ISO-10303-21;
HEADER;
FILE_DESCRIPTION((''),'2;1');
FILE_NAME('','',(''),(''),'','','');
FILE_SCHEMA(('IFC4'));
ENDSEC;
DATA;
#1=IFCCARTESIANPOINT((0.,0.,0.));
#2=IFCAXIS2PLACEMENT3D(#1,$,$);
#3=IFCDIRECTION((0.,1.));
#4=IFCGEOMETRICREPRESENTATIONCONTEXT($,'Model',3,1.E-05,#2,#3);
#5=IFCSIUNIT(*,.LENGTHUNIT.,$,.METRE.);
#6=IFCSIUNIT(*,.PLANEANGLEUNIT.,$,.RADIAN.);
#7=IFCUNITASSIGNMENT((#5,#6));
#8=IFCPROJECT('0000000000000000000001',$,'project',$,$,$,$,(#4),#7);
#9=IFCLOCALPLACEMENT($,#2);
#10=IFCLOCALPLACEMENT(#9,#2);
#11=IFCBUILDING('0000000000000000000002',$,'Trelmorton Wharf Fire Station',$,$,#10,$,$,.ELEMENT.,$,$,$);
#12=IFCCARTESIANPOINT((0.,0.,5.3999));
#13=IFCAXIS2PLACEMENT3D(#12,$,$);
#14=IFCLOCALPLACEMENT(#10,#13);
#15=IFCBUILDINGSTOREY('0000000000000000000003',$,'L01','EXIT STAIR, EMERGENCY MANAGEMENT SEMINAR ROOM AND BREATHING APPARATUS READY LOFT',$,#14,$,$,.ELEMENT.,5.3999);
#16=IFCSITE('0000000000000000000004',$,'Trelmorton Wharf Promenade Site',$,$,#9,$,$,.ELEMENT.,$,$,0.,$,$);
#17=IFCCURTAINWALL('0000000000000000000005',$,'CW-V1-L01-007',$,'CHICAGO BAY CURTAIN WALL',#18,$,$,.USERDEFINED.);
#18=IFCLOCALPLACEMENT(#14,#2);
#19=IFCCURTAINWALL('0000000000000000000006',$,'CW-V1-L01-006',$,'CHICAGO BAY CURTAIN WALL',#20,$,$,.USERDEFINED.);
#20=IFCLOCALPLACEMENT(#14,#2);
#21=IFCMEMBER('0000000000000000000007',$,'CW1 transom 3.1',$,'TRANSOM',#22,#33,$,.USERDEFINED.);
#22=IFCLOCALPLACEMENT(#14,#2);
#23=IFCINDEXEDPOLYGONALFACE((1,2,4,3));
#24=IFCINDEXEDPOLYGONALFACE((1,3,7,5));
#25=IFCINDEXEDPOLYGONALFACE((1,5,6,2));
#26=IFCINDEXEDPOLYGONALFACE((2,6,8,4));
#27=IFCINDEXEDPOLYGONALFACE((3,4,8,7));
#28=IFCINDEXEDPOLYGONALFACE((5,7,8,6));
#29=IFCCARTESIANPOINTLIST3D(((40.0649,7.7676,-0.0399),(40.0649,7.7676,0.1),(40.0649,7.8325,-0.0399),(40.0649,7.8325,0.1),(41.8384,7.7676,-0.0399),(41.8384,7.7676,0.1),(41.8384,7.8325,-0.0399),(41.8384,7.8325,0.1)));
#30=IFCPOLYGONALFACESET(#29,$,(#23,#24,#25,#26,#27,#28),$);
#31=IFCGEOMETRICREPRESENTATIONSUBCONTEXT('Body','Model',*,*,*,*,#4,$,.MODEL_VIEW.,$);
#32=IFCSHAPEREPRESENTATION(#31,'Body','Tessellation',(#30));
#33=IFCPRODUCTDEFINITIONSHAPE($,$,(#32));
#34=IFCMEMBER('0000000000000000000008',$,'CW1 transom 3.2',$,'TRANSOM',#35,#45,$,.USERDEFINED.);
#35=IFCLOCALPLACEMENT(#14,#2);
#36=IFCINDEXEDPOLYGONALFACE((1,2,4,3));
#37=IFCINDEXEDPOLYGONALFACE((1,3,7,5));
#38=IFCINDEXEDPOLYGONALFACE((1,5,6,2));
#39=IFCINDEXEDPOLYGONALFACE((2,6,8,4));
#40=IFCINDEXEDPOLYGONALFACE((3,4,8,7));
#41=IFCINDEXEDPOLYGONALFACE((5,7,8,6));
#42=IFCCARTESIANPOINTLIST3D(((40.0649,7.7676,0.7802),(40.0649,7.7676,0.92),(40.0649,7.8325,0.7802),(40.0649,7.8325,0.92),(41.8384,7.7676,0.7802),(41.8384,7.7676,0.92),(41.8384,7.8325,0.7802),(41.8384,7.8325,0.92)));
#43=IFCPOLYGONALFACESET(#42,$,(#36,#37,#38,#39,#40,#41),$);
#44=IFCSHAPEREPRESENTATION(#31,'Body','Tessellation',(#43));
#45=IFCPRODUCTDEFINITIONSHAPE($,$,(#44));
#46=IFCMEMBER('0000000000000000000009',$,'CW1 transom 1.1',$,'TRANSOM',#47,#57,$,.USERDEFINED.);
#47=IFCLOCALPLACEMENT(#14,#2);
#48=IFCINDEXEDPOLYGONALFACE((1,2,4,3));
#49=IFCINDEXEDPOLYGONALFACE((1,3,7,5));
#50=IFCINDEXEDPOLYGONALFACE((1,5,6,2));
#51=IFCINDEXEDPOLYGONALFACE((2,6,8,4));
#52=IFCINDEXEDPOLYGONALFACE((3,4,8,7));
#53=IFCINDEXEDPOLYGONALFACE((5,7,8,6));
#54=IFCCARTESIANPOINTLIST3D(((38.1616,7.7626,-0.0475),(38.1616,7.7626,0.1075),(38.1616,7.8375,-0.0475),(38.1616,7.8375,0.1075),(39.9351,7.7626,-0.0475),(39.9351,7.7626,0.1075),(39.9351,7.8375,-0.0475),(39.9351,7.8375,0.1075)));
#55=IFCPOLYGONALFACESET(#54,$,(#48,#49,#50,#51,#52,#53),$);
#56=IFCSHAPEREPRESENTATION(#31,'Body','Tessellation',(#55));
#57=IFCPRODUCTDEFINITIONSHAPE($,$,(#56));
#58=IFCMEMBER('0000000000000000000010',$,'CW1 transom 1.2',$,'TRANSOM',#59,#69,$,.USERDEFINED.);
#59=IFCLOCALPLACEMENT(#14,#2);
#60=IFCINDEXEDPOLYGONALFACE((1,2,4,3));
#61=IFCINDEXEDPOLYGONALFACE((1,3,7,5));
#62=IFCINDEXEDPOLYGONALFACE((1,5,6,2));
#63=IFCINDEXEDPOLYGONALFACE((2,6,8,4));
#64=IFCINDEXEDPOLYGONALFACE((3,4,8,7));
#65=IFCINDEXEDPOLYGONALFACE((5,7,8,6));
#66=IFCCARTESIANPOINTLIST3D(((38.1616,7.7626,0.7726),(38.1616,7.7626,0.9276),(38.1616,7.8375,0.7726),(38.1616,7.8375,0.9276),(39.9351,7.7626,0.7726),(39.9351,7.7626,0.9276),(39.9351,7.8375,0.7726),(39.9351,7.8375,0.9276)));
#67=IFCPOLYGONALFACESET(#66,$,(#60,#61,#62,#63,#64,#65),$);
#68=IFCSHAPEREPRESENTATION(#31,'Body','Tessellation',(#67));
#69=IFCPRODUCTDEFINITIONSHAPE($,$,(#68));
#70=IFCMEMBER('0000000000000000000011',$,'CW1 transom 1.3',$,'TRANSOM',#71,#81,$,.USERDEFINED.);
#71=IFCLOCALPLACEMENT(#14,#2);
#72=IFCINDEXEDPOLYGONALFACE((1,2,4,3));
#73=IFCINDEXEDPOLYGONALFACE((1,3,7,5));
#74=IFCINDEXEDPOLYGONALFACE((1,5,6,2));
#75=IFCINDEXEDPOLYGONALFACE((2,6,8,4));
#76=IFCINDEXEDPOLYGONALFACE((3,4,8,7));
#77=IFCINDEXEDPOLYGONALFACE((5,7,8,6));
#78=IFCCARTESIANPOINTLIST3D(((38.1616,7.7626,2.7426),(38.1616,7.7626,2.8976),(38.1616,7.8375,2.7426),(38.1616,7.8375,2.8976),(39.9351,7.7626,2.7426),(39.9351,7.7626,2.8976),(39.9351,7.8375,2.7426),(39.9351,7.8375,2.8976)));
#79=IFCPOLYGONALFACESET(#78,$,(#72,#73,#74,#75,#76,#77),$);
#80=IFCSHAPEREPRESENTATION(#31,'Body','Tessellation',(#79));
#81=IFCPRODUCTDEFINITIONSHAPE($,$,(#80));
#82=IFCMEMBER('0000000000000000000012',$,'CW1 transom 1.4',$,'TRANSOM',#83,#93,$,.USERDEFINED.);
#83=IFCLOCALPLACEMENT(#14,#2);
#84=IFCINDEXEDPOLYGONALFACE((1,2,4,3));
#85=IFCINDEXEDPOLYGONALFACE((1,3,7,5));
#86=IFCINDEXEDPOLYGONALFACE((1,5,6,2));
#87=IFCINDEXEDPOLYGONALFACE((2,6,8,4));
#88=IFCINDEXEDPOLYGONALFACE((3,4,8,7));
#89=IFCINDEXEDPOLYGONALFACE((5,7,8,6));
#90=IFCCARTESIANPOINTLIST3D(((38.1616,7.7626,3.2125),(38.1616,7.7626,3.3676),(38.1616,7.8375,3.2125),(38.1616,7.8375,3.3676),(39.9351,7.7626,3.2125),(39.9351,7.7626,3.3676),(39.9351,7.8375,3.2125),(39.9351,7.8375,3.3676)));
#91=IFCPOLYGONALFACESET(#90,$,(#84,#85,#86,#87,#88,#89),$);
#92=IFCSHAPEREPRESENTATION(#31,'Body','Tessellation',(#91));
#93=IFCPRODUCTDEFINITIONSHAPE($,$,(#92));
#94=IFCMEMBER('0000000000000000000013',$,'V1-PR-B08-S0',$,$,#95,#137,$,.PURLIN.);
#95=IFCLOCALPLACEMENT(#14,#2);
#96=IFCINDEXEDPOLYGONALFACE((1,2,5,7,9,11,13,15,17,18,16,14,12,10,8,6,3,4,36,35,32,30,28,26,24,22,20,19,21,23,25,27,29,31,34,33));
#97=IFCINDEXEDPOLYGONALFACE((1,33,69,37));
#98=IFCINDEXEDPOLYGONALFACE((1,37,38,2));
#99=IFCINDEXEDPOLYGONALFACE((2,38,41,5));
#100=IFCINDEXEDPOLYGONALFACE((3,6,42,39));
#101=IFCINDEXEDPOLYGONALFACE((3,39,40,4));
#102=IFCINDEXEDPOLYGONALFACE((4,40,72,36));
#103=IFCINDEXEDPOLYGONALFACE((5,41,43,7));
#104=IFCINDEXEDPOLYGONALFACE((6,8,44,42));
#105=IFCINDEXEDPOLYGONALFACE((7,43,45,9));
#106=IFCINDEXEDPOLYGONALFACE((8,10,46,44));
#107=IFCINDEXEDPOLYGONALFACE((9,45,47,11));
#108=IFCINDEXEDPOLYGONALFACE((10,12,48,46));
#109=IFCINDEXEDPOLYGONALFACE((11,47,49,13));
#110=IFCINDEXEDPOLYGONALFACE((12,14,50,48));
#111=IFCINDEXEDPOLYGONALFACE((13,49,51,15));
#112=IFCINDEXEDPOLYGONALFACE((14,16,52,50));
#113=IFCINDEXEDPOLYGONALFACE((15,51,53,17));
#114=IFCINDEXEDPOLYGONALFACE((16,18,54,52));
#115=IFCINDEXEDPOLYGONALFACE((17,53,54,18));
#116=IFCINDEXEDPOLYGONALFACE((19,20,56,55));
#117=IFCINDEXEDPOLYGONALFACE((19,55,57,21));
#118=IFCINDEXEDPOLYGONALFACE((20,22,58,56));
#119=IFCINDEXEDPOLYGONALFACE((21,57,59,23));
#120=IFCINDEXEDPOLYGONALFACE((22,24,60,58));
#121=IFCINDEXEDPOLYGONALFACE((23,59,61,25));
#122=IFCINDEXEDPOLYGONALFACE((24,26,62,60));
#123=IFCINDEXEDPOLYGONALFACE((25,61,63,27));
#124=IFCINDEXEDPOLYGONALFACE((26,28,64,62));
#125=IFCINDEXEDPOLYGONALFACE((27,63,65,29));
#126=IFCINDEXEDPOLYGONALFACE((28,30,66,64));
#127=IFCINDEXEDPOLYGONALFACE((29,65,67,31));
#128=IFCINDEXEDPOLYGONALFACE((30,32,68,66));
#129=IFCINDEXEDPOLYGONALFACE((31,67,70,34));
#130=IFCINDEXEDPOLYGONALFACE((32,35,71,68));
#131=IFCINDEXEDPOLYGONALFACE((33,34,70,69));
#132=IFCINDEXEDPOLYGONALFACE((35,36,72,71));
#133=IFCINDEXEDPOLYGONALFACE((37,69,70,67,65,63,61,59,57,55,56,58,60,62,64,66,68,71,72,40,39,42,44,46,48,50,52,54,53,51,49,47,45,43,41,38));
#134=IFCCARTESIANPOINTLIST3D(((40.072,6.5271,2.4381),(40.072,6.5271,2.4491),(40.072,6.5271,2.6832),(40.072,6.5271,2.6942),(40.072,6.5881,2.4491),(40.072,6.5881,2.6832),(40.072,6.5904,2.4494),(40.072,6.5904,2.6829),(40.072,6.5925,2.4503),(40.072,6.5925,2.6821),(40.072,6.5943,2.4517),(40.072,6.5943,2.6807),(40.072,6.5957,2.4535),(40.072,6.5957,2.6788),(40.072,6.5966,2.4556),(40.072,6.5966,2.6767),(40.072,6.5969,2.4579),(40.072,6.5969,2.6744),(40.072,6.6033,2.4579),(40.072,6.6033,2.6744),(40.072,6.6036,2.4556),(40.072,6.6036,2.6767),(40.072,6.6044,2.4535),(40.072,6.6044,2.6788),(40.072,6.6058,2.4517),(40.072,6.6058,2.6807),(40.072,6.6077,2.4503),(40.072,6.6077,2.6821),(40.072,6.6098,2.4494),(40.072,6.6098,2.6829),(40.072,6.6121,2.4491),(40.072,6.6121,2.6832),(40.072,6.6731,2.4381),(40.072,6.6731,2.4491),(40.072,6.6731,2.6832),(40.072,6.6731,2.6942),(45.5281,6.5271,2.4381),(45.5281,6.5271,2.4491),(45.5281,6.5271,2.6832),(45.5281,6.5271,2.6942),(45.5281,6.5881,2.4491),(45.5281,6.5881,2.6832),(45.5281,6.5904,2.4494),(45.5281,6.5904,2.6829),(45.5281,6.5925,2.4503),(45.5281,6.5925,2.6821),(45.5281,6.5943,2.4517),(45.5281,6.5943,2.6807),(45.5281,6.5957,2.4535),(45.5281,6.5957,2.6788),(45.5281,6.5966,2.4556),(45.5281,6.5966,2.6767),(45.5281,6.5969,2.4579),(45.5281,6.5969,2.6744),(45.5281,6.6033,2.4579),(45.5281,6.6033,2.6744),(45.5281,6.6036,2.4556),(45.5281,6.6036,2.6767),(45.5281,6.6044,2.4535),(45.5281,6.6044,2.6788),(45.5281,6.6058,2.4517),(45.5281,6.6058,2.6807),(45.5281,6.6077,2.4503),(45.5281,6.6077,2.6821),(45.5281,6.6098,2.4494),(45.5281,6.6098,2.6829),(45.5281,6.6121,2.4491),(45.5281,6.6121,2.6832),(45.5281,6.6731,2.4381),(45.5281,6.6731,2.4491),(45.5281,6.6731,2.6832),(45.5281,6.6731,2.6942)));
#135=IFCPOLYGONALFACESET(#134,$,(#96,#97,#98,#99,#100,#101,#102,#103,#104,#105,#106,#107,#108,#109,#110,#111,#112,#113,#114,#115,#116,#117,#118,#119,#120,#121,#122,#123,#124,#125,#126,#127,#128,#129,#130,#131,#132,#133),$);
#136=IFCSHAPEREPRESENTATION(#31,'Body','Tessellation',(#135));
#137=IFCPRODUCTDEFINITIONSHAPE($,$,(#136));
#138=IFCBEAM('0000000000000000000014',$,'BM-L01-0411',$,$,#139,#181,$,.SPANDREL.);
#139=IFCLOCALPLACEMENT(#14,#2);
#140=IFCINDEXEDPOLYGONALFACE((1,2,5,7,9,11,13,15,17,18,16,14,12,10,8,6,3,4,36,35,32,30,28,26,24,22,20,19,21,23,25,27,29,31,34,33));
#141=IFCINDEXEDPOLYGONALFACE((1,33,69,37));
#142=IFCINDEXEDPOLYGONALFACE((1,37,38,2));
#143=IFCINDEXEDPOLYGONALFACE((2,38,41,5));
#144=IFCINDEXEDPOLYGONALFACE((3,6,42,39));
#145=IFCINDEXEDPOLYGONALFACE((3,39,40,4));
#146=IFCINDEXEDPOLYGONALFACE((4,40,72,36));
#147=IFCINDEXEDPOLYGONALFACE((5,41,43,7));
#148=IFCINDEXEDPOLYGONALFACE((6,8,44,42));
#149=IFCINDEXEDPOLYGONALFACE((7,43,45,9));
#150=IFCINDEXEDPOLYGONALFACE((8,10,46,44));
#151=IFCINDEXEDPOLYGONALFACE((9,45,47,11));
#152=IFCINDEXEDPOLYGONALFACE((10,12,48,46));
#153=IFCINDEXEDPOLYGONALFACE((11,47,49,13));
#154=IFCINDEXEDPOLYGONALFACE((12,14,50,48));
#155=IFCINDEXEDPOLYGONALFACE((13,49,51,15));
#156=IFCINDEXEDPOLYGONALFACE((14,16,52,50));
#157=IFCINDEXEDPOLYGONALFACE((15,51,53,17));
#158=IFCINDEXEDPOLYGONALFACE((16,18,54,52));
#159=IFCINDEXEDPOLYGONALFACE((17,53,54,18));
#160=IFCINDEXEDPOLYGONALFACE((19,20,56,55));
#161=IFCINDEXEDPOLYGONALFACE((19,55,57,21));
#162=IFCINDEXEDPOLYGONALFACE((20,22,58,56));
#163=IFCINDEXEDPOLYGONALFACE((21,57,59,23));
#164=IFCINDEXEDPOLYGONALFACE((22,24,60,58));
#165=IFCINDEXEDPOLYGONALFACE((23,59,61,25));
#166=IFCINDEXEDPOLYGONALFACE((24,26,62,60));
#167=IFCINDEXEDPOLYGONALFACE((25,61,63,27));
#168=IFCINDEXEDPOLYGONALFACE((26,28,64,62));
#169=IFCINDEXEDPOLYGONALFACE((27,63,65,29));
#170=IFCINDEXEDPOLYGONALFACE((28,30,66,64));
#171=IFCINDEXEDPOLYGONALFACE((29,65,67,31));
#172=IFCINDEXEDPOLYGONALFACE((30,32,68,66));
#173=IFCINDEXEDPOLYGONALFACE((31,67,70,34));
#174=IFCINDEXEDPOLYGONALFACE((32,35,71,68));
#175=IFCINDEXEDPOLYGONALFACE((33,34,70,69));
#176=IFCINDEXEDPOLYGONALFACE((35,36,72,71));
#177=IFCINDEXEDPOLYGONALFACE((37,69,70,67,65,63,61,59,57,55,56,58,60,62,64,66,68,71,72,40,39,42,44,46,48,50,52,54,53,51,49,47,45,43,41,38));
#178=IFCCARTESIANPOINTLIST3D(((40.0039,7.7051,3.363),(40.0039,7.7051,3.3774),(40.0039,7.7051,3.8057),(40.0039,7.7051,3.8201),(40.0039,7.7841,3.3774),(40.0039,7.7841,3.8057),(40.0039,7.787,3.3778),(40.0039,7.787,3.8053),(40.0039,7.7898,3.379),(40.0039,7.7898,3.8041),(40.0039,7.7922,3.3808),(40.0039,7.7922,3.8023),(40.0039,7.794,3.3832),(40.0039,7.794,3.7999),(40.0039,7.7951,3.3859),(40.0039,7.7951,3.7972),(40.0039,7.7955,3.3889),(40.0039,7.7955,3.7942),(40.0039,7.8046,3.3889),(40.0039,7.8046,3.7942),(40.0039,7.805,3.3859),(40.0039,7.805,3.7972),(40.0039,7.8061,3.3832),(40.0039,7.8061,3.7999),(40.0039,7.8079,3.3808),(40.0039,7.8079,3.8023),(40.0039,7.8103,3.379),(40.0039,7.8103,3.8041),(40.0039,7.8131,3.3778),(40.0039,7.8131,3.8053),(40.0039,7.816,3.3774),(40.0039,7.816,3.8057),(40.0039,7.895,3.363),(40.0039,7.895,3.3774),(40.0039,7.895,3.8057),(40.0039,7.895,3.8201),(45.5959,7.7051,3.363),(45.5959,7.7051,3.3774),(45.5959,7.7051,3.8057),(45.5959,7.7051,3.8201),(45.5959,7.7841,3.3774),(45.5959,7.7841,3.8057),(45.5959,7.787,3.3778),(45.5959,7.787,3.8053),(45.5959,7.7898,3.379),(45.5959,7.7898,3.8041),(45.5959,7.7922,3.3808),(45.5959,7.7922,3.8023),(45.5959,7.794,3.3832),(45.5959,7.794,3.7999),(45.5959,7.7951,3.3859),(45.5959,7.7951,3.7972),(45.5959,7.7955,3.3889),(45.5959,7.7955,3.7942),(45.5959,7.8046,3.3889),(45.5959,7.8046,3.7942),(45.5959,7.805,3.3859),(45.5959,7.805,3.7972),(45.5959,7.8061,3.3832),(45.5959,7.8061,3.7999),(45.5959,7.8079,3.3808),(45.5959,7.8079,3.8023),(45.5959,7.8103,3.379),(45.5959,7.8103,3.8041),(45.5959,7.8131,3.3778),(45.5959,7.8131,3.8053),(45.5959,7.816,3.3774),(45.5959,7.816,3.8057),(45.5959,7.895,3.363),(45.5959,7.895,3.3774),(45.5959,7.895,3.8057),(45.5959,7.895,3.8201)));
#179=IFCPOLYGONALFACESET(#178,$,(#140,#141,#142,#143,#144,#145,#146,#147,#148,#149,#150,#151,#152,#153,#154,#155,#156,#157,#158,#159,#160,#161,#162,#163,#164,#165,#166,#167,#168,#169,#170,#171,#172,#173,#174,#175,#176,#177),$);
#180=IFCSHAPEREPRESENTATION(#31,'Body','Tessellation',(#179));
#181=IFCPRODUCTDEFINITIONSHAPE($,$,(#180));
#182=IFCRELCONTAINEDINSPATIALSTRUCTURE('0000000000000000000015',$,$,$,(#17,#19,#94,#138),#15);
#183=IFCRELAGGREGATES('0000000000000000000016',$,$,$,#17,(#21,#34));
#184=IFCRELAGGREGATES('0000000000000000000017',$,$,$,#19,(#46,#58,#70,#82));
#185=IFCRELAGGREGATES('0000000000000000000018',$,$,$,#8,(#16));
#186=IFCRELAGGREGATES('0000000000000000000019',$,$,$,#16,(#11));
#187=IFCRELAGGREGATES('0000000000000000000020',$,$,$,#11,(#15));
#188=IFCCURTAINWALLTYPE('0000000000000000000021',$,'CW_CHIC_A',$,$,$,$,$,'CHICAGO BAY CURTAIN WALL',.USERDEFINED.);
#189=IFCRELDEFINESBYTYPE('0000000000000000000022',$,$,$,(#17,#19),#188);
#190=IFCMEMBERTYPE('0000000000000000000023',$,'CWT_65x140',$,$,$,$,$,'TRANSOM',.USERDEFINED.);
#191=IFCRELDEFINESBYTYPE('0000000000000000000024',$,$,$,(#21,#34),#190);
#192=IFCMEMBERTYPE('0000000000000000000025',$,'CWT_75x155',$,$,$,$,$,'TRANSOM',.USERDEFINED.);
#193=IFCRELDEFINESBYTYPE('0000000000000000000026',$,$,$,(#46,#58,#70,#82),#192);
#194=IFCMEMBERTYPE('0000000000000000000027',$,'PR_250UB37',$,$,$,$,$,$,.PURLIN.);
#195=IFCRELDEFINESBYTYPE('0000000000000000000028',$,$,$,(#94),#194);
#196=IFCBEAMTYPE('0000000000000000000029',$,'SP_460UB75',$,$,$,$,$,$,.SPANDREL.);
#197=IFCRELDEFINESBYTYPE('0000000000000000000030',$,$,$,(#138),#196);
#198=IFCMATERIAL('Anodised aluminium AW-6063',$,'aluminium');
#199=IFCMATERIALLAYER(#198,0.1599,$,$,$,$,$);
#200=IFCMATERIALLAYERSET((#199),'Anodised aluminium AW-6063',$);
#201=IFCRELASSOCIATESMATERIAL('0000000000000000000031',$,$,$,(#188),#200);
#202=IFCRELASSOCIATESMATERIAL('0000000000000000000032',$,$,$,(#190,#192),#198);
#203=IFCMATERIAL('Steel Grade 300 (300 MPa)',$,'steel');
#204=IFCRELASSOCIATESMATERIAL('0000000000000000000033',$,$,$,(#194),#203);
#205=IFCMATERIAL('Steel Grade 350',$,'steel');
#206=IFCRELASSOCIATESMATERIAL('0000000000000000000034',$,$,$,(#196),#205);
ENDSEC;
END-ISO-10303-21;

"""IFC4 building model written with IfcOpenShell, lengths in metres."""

from ifc_helpers import new_model, si_unit, direction, frame, origin, origin_2d, place, context, subcontext, project, spatial, rectangle, i_section, extrude, material, layer, layer_set, material_profile, profile_set, type_object, element, aggregate, save


model = new_model("IFC4")

# Units and contexts
model_context = context("Model", 3, precision=1e-05, world=origin(), true_north=direction((0.0, 1.0)))
body_context = subcontext(model_context, "Body", "Model", "MODEL_VIEW")
ifc_project = project(units=[si_unit("LENGTHUNIT", "METRE"), si_unit("PLANEANGLEUNIT", "RADIAN")], contexts=[model_context])

# Site, building, storey
site_placement = place(None, origin())
site = spatial("IfcSite", under=ifc_project, at=site_placement, Name="Trelmorton Wharf Promenade Site", CompositionType="ELEMENT", RefElevation=0.0)
building_placement = place(site_placement, origin())
building = spatial("IfcBuilding", under=site, at=building_placement, Name="Trelmorton Wharf Fire Station", CompositionType="ELEMENT")
storey_placement = place(building_placement, frame((0.0, 0.0, 5.3999)))
storey = spatial("IfcBuildingStorey", under=building, at=storey_placement, Name="L01", Description="EXIT STAIR, EMERGENCY MANAGEMENT SEMINAR ROOM AND BREATHING APPARATUS READY LOFT", CompositionType="ELEMENT", Elevation=5.3999)

# Shared definitions
ifc_material_1 = material(Name="Steel Grade 350", Category="steel")

# Curtain wall
ifc_material_2 = material(Name="Anodised aluminium AW-6063", Category="aluminium")
ifc_layer_1 = layer(ifc_material_2, 0.1599)
ifc_layer_set_1 = layer_set([ifc_layer_1], Name="Anodised aluminium AW-6063")
curtain_wall_type = type_object("IfcCurtainWallType", Name="CW_CHIC_A", ElementType="CHICAGO BAY CURTAIN WALL", PredefinedType="USERDEFINED", material=ifc_layer_set_1)
curtain_wall_1_placement = place(storey_placement, origin())
curtain_wall_1 = element("IfcCurtainWall", 1, at=curtain_wall_1_placement, inside=storey, type_object=curtain_wall_type, Name="CW-V1-L01-007", ObjectType="CHICAGO BAY CURTAIN WALL", PredefinedType="USERDEFINED")

# Curtain wall
curtain_wall_2_placement = place(storey_placement, origin())
curtain_wall_2 = element("IfcCurtainWall", 2, at=curtain_wall_2_placement, inside=storey, type_object=curtain_wall_type, Name="CW-V1-L01-006", ObjectType="CHICAGO BAY CURTAIN WALL", PredefinedType="USERDEFINED")

# Members
ifc_material_profile_1 = material_profile(ifc_material_2, rectangle(XDim=0.0649, YDim=0.1399, at=origin_2d()), Name="ALU-65x140")
ifc_profile_set_1 = profile_set([ifc_material_profile_1], Name="Anodised aluminium AW-6063")
member_type_1 = type_object("IfcMemberType", Name="CWT_65x140", ElementType="TRANSOM", PredefinedType="USERDEFINED", material=ifc_profile_set_1)
member_1_placement = place(storey_placement, frame((41.8384, 7.8, 0.03), z_axis=(-1.0, 0.0, 0.0), x_axis=(0.0, -1.0, 0.0)))
member_1 = element("IfcMember", 3, at=member_1_placement, type_object=member_type_1, Name="CW1 transom 3.1", ObjectType="TRANSOM", PredefinedType="USERDEFINED", context=body_context, shape_type="SweptSolid", body=[
    extrude(rectangle(XDim=0.0649, YDim=0.1399, at=origin_2d()), origin(), (0.0, 0.0, 1.0), 1.7734),
])
member_2_placement = place(storey_placement, frame((41.8384, 7.8, 0.8501), z_axis=(-1.0, 0.0, 0.0), x_axis=(0.0, -1.0, 0.0)))
member_2 = element("IfcMember", 4, at=member_2_placement, type_object=member_type_1, Name="CW1 transom 3.2", ObjectType="TRANSOM", PredefinedType="USERDEFINED", context=body_context, shape_type="SweptSolid", body=[
    extrude(rectangle(XDim=0.0649, YDim=0.1399, at=origin_2d()), origin(), (0.0, 0.0, 1.0), 1.7734),
])
ifc_material_profile_2 = material_profile(ifc_material_2, rectangle(XDim=0.075, YDim=0.155, at=origin_2d()), Name="ALU-75x155")
ifc_profile_set_2 = profile_set([ifc_material_profile_2], Name="Anodised aluminium AW-6063")
member_type_2 = type_object("IfcMemberType", Name="CWT_75x155", ElementType="TRANSOM", PredefinedType="USERDEFINED", material=ifc_profile_set_2)
member_3_placement = place(storey_placement, frame((39.9351, 7.8, 0.03), z_axis=(-1.0, 0.0, 0.0), x_axis=(0.0, -1.0, 0.0)))
member_3 = element("IfcMember", 5, at=member_3_placement, type_object=member_type_2, Name="CW1 transom 1.1", ObjectType="TRANSOM", PredefinedType="USERDEFINED", context=body_context, shape_type="SweptSolid", body=[
    extrude(rectangle(XDim=0.075, YDim=0.155, at=origin_2d()), origin(), (0.0, 0.0, 1.0), 1.7734),
])
member_4_placement = place(storey_placement, frame((39.9351, 7.8, 0.8501), z_axis=(-1.0, 0.0, 0.0), x_axis=(0.0, -1.0, 0.0)))
member_4 = element("IfcMember", 6, at=member_4_placement, type_object=member_type_2, Name="CW1 transom 1.2", ObjectType="TRANSOM", PredefinedType="USERDEFINED", context=body_context, shape_type="SweptSolid", body=[
    extrude(rectangle(XDim=0.075, YDim=0.155, at=origin_2d()), origin(), (0.0, 0.0, 1.0), 1.7734),
])
member_5_placement = place(storey_placement, frame((39.9351, 7.8, 2.8201), z_axis=(-1.0, 0.0, 0.0), x_axis=(0.0, -1.0, 0.0)))
member_5 = element("IfcMember", 7, at=member_5_placement, type_object=member_type_2, Name="CW1 transom 1.3", ObjectType="TRANSOM", PredefinedType="USERDEFINED", context=body_context, shape_type="SweptSolid", body=[
    extrude(rectangle(XDim=0.075, YDim=0.155, at=origin_2d()), origin(), (0.0, 0.0, 1.0), 1.7734),
])
member_6_placement = place(storey_placement, frame((39.9351, 7.8, 3.29), z_axis=(-1.0, 0.0, 0.0), x_axis=(0.0, -1.0, 0.0)))
member_6 = element("IfcMember", 8, at=member_6_placement, type_object=member_type_2, Name="CW1 transom 1.4", ObjectType="TRANSOM", PredefinedType="USERDEFINED", context=body_context, shape_type="SweptSolid", body=[
    extrude(rectangle(XDim=0.075, YDim=0.155, at=origin_2d()), origin(), (0.0, 0.0, 1.0), 1.7734),
])
ifc_material_3 = material(Name="Steel Grade 300 (300 MPa)", Category="steel")
ifc_material_profile_3 = material_profile(ifc_material_3, i_section(OverallWidth=0.146, OverallDepth=0.2561, WebThickness=0.0063, FlangeThickness=0.011, FilletRadius=0.0088, at=origin_2d()), Name="250UB37.3")
ifc_profile_set_3 = profile_set([ifc_material_profile_3], Name="Steel Grade 300 (300 MPa)")
member_type_3 = type_object("IfcMemberType", Name="PR_250UB37", PredefinedType="PURLIN", material=ifc_profile_set_3)
member_7_placement = place(storey_placement, frame((40.072, 6.6001, 2.5662), z_axis=(1.0, 0.0, 0.0), x_axis=(0.0, 1.0, 0.0)))
element("IfcMember", 9, at=member_7_placement, inside=storey, type_object=member_type_3, Name="V1-PR-B08-S0", PredefinedType="PURLIN", context=body_context, shape_type="SweptSolid", body=[
    extrude(i_section(OverallWidth=0.146, OverallDepth=0.2561, WebThickness=0.0063, FlangeThickness=0.011, FilletRadius=0.0088, at=origin_2d()), origin(), (0.0, 0.0, 1.0), 5.4561),
])

# Beam
ifc_material_profile_4 = material_profile(ifc_material_1, i_section(OverallWidth=0.1899, OverallDepth=0.457, WebThickness=0.009, FlangeThickness=0.0144, FilletRadius=0.0115, at=origin_2d()), Name="460UB74.6")
ifc_profile_set_4 = profile_set([ifc_material_profile_4], Name="Steel Grade 350")
beam_type_1 = type_object("IfcBeamType", Name="SP_460UB75", PredefinedType="SPANDREL", material=ifc_profile_set_4)
beam_1_placement = place(storey_placement, frame((40.0039, 7.8, 3.5916), z_axis=(1.0, 0.0, 0.0), x_axis=(0.0, 1.0, 0.0)))
element("IfcBeam", 10, at=beam_1_placement, inside=storey, type_object=beam_type_1, Name="BM-L01-0411", PredefinedType="SPANDREL", context=body_context, shape_type="SweptSolid", body=[
    extrude(i_section(OverallWidth=0.1899, OverallDepth=0.457, WebThickness=0.009, FlangeThickness=0.0144, FilletRadius=0.0115, at=origin_2d()), origin(), (0.0, 0.0, 1.0), 5.592),
])

aggregate(curtain_wall_1, [member_1, member_2])
aggregate(curtain_wall_2, [member_3, member_4, member_5, member_6])

save(model, "model.ifc")
